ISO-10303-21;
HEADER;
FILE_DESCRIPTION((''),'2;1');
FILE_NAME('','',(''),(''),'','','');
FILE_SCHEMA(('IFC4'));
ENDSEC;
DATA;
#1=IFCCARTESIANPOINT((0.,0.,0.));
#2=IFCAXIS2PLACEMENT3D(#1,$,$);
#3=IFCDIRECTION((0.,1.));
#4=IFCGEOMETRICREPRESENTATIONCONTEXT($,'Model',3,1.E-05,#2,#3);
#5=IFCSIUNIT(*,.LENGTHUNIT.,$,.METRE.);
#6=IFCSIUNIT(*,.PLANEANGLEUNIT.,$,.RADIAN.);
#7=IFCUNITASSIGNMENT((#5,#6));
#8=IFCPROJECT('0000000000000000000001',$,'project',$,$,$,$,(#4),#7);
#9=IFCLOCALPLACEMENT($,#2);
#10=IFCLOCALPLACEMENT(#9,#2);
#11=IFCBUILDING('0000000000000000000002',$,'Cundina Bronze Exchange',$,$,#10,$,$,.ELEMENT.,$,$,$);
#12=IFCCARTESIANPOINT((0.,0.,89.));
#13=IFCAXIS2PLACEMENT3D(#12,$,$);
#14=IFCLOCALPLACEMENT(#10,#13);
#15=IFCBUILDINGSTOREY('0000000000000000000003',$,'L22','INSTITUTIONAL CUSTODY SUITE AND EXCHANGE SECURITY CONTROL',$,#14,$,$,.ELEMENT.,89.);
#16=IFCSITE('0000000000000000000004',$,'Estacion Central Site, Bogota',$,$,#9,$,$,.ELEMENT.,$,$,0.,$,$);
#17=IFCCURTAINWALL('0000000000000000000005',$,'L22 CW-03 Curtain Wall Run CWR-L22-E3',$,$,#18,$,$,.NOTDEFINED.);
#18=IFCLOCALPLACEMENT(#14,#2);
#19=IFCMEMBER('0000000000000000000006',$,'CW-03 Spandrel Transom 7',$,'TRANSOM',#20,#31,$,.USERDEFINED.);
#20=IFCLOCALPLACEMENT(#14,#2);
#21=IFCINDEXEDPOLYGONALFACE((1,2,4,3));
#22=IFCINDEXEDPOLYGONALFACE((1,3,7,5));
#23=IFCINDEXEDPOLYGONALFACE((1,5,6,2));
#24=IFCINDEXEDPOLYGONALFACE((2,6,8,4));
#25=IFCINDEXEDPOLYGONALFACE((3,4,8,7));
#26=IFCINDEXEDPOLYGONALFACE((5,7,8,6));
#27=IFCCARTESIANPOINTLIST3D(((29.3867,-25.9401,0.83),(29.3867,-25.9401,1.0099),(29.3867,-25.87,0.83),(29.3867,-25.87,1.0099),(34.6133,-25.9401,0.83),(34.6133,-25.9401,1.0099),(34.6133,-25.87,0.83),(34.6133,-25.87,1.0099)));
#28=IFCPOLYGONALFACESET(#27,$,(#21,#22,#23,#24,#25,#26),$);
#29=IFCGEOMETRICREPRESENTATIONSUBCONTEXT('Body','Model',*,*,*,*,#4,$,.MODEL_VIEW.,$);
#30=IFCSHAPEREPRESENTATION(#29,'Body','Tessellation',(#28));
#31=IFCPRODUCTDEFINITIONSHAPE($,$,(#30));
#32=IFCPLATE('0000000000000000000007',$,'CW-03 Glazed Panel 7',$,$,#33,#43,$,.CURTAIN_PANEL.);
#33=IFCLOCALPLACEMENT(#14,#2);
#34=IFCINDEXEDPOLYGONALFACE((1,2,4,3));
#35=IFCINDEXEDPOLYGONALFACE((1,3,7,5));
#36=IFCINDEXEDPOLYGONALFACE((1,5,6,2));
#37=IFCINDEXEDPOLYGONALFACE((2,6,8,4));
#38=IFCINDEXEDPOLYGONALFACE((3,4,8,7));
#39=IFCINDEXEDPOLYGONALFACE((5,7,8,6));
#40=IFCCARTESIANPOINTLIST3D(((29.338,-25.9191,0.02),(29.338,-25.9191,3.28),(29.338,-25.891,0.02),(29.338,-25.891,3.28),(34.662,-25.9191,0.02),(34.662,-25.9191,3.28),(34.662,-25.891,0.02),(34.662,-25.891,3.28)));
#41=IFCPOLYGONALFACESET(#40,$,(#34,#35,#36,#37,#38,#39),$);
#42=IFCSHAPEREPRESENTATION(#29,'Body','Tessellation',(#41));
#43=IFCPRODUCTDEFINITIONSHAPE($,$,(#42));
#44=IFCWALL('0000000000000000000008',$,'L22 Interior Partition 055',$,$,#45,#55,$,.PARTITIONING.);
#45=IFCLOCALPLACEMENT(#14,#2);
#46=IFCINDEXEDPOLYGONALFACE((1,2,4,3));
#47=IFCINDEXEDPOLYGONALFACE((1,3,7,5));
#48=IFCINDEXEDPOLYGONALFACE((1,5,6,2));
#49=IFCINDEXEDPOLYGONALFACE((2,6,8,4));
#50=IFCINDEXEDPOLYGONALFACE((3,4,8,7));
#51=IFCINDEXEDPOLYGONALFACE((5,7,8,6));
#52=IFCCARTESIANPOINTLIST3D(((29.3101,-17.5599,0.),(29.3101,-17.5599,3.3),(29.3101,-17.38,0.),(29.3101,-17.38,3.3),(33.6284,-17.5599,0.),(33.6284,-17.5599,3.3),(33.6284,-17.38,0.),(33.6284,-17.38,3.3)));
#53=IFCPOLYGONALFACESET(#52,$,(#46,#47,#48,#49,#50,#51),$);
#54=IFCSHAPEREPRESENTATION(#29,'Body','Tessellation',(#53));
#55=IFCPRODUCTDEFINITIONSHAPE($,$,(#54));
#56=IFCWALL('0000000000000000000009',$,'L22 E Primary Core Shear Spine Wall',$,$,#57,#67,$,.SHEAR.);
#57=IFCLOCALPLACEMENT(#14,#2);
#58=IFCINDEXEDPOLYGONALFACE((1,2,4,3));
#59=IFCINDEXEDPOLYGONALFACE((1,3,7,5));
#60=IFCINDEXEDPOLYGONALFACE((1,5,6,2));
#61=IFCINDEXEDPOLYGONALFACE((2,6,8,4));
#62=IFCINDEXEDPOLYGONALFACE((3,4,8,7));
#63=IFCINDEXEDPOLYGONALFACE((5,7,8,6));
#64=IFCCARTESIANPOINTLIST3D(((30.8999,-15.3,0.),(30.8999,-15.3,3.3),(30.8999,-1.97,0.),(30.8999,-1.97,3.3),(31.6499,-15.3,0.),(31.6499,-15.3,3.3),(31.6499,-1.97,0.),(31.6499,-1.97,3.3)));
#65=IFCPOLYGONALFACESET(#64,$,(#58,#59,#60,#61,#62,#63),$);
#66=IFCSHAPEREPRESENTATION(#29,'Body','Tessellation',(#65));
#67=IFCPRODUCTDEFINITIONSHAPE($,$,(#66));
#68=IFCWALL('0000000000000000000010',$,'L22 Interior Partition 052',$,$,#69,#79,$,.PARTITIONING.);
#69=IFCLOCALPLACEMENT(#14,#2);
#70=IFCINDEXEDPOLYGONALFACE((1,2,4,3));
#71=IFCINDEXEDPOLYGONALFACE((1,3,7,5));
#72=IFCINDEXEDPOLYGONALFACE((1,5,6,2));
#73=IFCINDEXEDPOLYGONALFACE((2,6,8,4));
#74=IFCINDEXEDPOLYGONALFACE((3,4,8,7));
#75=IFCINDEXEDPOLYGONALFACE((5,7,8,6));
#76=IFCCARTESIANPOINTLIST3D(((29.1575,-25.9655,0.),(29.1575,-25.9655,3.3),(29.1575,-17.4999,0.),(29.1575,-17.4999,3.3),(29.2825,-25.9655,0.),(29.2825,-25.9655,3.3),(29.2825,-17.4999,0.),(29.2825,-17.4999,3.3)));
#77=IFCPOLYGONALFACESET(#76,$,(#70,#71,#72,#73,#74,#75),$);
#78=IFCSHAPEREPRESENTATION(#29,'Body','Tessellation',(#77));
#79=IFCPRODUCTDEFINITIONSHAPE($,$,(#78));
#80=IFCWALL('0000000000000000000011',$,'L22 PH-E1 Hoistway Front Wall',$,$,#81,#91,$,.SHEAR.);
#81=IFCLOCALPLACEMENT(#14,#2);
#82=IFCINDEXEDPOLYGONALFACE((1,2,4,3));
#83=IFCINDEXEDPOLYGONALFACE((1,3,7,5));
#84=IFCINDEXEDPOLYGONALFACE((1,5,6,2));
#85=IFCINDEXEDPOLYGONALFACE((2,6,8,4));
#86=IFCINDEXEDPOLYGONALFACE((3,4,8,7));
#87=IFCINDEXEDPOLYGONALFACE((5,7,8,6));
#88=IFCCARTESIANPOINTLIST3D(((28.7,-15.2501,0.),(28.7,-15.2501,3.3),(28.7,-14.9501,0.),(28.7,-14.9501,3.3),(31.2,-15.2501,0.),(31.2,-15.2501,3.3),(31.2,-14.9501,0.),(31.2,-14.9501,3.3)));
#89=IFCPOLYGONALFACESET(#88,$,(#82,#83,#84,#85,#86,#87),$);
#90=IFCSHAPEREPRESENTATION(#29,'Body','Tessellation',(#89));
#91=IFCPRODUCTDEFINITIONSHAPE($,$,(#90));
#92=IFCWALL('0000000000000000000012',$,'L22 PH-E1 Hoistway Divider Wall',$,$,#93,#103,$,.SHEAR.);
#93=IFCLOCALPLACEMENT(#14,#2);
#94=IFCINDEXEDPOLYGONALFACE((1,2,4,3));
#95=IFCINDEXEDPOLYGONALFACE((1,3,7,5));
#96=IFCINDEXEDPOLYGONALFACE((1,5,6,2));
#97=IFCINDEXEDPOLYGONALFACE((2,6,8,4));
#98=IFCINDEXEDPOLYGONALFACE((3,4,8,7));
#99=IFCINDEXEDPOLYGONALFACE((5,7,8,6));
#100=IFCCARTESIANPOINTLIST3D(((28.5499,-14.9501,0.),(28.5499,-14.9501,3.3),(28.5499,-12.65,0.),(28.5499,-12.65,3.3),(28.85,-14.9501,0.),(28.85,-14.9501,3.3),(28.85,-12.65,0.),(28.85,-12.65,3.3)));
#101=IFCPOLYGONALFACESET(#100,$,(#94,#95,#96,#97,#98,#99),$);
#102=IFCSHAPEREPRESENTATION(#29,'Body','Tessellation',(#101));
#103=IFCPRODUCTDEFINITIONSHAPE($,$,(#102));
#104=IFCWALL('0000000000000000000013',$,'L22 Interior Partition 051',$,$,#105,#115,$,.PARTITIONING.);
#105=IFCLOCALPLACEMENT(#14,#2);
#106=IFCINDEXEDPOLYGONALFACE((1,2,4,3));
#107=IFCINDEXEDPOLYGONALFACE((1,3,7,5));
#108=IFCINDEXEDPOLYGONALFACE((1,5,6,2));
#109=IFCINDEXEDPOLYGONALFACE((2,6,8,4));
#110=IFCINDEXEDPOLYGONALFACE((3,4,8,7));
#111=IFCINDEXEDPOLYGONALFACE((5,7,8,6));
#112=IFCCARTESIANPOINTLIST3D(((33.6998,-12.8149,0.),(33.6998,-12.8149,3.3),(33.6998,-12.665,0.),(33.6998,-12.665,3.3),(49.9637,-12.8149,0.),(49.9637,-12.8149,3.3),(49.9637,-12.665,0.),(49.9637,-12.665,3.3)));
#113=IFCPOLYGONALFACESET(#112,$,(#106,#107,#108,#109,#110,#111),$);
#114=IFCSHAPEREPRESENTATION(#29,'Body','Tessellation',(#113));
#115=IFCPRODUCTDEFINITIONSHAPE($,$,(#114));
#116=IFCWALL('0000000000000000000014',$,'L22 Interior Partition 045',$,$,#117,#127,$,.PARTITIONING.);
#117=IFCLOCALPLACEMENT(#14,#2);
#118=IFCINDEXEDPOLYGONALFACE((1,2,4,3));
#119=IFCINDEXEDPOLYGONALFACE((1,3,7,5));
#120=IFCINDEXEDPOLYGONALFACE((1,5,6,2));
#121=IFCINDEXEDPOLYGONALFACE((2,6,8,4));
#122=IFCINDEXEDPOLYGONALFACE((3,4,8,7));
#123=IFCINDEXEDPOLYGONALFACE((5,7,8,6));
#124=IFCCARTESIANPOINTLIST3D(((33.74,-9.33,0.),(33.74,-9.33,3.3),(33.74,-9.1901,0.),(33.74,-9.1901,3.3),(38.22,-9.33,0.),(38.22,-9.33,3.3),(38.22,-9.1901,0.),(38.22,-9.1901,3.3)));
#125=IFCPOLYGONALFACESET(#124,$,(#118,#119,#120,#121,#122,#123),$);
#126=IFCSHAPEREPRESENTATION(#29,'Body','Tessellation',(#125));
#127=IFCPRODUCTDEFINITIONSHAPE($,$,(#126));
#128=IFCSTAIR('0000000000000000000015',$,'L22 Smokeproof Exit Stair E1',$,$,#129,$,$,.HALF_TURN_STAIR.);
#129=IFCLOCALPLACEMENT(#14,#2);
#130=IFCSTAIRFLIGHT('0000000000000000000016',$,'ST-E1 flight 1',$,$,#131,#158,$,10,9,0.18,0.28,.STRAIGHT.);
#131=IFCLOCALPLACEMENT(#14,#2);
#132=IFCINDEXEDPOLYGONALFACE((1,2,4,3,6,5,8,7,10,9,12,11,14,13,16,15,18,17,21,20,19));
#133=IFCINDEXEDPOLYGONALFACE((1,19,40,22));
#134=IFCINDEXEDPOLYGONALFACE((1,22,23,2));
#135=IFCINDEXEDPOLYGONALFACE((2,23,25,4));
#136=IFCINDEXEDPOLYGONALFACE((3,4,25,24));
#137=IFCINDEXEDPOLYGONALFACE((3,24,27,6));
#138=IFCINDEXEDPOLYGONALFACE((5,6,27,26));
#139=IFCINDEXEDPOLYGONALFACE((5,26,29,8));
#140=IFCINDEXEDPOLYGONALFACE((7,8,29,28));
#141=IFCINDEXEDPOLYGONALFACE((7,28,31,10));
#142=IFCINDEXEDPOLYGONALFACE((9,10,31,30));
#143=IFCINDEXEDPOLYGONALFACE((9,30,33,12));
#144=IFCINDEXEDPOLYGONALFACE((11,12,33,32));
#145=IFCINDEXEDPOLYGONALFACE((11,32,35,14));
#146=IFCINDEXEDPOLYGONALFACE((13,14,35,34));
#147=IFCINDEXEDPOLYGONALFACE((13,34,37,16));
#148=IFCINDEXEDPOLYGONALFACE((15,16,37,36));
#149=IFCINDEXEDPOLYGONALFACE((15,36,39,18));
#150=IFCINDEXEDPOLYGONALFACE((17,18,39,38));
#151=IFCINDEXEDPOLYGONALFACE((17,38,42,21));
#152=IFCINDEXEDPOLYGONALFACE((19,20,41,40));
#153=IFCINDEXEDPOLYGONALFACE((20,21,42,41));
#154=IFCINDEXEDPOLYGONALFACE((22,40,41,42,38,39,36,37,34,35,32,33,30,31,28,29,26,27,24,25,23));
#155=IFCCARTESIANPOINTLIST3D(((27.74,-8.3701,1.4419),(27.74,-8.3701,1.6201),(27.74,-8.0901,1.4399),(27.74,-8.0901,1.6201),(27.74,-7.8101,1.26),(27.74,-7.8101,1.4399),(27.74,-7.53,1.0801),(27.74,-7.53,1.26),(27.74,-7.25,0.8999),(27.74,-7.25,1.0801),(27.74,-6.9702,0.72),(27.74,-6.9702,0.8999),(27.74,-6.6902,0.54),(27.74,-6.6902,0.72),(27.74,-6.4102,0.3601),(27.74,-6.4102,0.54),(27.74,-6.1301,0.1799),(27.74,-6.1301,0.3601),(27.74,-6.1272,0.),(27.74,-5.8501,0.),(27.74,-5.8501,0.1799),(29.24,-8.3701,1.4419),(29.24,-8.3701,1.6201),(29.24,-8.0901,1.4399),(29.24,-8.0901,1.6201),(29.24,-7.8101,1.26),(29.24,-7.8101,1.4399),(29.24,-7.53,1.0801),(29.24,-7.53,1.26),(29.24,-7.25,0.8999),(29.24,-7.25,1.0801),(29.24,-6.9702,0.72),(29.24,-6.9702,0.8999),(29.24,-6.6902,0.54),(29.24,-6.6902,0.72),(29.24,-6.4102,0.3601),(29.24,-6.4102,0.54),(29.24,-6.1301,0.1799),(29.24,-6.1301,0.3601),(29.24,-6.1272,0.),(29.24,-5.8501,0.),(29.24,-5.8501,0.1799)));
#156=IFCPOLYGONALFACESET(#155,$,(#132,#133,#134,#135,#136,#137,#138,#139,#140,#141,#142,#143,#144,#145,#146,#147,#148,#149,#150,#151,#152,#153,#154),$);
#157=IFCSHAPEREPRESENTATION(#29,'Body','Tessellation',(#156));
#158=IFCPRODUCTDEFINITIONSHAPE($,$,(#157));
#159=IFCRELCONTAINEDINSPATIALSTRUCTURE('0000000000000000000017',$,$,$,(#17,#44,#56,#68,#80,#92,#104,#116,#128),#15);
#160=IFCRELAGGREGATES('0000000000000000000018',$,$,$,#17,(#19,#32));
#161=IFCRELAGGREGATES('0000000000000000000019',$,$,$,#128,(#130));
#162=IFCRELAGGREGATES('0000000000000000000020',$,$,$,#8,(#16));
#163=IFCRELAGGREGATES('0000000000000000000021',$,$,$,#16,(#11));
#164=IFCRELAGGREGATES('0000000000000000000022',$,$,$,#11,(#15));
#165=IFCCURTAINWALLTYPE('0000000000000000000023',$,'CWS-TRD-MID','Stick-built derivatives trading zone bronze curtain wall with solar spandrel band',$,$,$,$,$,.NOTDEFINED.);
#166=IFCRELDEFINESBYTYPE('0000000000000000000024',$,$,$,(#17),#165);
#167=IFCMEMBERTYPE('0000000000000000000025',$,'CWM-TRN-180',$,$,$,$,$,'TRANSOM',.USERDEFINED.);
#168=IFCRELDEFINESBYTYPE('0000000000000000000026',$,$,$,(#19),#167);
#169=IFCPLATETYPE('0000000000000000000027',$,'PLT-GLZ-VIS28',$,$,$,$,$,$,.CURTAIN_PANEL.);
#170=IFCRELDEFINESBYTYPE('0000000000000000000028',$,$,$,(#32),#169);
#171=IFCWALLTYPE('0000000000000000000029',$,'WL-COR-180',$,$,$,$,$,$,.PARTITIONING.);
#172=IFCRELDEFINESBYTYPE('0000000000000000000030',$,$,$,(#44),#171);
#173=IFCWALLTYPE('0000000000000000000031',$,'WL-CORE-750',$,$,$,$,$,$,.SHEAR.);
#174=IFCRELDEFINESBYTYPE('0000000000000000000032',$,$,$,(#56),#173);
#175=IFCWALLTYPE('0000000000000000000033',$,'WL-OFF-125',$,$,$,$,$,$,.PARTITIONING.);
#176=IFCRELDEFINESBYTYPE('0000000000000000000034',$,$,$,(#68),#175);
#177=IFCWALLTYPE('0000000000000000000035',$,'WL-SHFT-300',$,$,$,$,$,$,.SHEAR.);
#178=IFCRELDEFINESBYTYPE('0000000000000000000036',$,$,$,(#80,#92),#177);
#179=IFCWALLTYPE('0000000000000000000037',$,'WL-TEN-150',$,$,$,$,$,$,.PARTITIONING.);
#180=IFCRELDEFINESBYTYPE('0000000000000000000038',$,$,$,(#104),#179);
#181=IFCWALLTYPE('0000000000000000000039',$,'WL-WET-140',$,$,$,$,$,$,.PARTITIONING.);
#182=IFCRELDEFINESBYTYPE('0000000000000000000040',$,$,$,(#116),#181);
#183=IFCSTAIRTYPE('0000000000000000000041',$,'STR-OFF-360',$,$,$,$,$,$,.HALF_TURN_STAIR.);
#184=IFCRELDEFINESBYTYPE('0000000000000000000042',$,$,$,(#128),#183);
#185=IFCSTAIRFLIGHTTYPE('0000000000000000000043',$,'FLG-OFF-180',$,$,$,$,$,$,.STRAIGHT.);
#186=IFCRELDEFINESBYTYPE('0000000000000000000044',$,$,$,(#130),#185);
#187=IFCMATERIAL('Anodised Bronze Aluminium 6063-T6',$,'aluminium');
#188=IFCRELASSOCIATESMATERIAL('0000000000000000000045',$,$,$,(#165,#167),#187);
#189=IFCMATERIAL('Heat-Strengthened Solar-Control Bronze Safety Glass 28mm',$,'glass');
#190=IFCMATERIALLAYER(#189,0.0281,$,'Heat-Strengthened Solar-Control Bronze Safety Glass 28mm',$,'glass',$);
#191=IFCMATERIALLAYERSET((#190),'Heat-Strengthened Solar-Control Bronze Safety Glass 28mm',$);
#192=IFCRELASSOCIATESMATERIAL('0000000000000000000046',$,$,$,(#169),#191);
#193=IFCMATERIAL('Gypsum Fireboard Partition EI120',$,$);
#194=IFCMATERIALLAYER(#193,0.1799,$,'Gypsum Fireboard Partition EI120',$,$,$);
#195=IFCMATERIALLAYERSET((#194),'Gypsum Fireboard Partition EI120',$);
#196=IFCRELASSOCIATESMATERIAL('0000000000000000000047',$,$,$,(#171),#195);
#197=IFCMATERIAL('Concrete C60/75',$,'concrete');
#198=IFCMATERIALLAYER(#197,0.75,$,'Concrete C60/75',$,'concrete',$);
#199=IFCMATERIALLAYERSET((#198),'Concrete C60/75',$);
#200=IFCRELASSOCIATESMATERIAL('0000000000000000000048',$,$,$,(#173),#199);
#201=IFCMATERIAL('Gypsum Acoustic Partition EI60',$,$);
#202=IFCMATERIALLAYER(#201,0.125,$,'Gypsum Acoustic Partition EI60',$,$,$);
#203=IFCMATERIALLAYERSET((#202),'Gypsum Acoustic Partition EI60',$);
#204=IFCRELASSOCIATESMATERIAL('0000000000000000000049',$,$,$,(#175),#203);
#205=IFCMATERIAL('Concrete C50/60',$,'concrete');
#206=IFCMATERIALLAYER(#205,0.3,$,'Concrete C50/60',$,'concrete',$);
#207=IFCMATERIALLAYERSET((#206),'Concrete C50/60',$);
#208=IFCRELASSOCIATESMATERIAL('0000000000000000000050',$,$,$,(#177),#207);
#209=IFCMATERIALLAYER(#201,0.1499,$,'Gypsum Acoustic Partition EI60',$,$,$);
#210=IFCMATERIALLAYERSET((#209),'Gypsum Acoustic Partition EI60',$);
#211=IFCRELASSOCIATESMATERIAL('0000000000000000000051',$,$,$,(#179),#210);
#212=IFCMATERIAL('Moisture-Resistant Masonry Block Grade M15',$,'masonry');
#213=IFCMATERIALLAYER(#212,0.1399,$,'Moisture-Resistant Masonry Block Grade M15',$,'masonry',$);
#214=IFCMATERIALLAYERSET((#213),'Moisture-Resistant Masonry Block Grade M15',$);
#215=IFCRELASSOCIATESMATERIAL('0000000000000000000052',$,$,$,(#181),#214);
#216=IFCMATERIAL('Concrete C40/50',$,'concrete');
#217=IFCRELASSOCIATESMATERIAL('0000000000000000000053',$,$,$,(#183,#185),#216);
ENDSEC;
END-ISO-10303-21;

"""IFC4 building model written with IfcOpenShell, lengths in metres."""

from ifc_helpers import new_model, si_unit, direction, frame, frame_2d, origin, origin_2d, place, context, subcontext, project, spatial, polyline, rectangle, outline, extrude, material, layer, layer_set, material_profile, profile_set, type_object, element, aggregate, save


model = new_model("IFC4")

# Units and contexts
model_context = context("Model", 3, precision=1e-05, world=origin(), true_north=direction((0.0, 1.0)))
body_context = subcontext(model_context, "Body", "Model", "MODEL_VIEW")
ifc_project = project(units=[si_unit("LENGTHUNIT", "METRE"), si_unit("PLANEANGLEUNIT", "RADIAN")], contexts=[model_context])

# Site, building, storey
site_placement = place(None, origin())
site = spatial("IfcSite", under=ifc_project, at=site_placement, Name="Estacion Central Site, Bogota", CompositionType="ELEMENT", RefElevation=0.0)
building_placement = place(site_placement, origin())
building = spatial("IfcBuilding", under=site, at=building_placement, Name="Cundina Bronze Exchange", CompositionType="ELEMENT")
storey_placement = place(building_placement, frame((0.0, 0.0, 89.0)))
storey = spatial("IfcBuildingStorey", under=building, at=storey_placement, Name="L22", Description="INSTITUTIONAL CUSTODY SUITE AND EXCHANGE SECURITY CONTROL", CompositionType="ELEMENT", Elevation=89.0)

# Shared definitions
ifc_material_1 = material(Name="Concrete C60/75", Category="concrete")

# Curtain wall
ifc_material_2 = material(Name="Anodised Bronze Aluminium 6063-T6", Category="aluminium")
curtain_wall_type = type_object("IfcCurtainWallType", Name="CWS-TRD-MID", Description="Stick-built derivatives trading zone bronze curtain wall with solar spandrel band", PredefinedType="NOTDEFINED", material=ifc_material_2)
curtain_wall_1_placement = place(storey_placement, origin())
curtain_wall_1 = element("IfcCurtainWall", 1, at=curtain_wall_1_placement, inside=storey, type_object=curtain_wall_type, Name="L22 CW-03 Curtain Wall Run CWR-L22-E3", PredefinedType="NOTDEFINED")

# Member
ifc_material_profile_1 = material_profile(ifc_material_2, rectangle(XDim=0.0701, YDim=0.1799, at=origin_2d()), Name="AL70X180", Category="aluminium")
ifc_profile_set_1 = profile_set([ifc_material_profile_1], Name="Anodised Bronze Aluminium 6063-T6")
member_type_1 = type_object("IfcMemberType", Name="CWM-TRN-180", ElementType="TRANSOM", PredefinedType="USERDEFINED", material=ifc_profile_set_1)
member_1_placement = place(storey_placement, frame((29.3867, -25.905, 0.9199), z_axis=(1.0, 0.0, 0.0), x_axis=(0.0, 1.0, 0.0)))
member_1 = element("IfcMember", 2, at=member_1_placement, type_object=member_type_1, Name="CW-03 Spandrel Transom 7", ObjectType="TRANSOM", PredefinedType="USERDEFINED", context=body_context, shape_type="SweptSolid", body=[
    extrude(rectangle(XDim=0.0701, YDim=0.1799, at=origin_2d()), origin(), (0.0, 0.0, 1.0), 5.2266),
])

# Plate
ifc_material_3 = material(Name="Heat-Strengthened Solar-Control Bronze Safety Glass 28mm", Category="glass")
ifc_layer_1 = layer(ifc_material_3, 0.0281, Name="Heat-Strengthened Solar-Control Bronze Safety Glass 28mm", Category="glass")
ifc_layer_set_1 = layer_set([ifc_layer_1], Name="Heat-Strengthened Solar-Control Bronze Safety Glass 28mm")
plate_type = type_object("IfcPlateType", Name="PLT-GLZ-VIS28", PredefinedType="CURTAIN_PANEL", material=ifc_layer_set_1)
plate_placement = place(storey_placement, frame((32.0, -25.905, 0.02), z_axis=(0.0, 0.0, 1.0), x_axis=(1.0, 0.0, 0.0)))
plate = element("IfcPlate", 3, at=plate_placement, type_object=plate_type, Name="CW-03 Glazed Panel 7", PredefinedType="CURTAIN_PANEL", context=body_context, shape_type="SweptSolid", body=[
    extrude(rectangle(XDim=5.324, YDim=0.0281, at=origin_2d()), origin(), (0.0, 0.0, 1.0), 3.26),
])
aggregate(curtain_wall_1, [member_1, plate])

# Shared definitions
ifc_material_4 = material(Name="Gypsum Fireboard Partition EI120")
ifc_layer_2 = layer(ifc_material_4, 0.1799, Name="Gypsum Fireboard Partition EI120")
ifc_layer_set_2 = layer_set([ifc_layer_2], Name="Gypsum Fireboard Partition EI120")
wall_type_1 = type_object("IfcWallType", Name="WL-COR-180", PredefinedType="PARTITIONING", material=ifc_layer_set_2)

# Wall
wall_1_placement = place(storey_placement, frame((29.3101, -17.47, 0.0), z_axis=(0.0, 0.0, 1.0), x_axis=(1.0, 0.0, 0.0)))
element("IfcWall", 4, at=wall_1_placement, inside=storey, type_object=wall_type_1, Name="L22 Interior Partition 055", PredefinedType="PARTITIONING", context=body_context, shape_type="SweptSolid", body=[
    extrude(rectangle(XDim=4.3184, YDim=0.1799, at=frame_2d((2.1592, 0.0))), origin(), (0.0, 0.0, 1.0), 3.3),
])

# Walls
ifc_layer_3 = layer(ifc_material_1, 0.75, Name="Concrete C60/75", Category="concrete")
ifc_layer_set_3 = layer_set([ifc_layer_3], Name="Concrete C60/75")
wall_type_2 = type_object("IfcWallType", Name="WL-CORE-750", PredefinedType="SHEAR", material=ifc_layer_set_3)
wall_2_placement = place(storey_placement, frame((31.2749, -15.3, 0.0), z_axis=(0.0, 0.0, 1.0), x_axis=(0.0, 1.0, 0.0)))
element("IfcWall", 5, at=wall_2_placement, inside=storey, type_object=wall_type_2, Name="L22 E Primary Core Shear Spine Wall", PredefinedType="SHEAR", context=body_context, shape_type="SweptSolid", body=[
    extrude(rectangle(XDim=13.3301, YDim=0.75, at=frame_2d((6.665, 0.0))), origin(), (0.0, 0.0, 1.0), 3.3),
])
ifc_material_5 = material(Name="Gypsum Acoustic Partition EI60")
ifc_layer_4 = layer(ifc_material_5, 0.125, Name="Gypsum Acoustic Partition EI60")
ifc_layer_set_4 = layer_set([ifc_layer_4], Name="Gypsum Acoustic Partition EI60")
wall_type_3 = type_object("IfcWallType", Name="WL-OFF-125", PredefinedType="PARTITIONING", material=ifc_layer_set_4)
wall_3_placement = place(storey_placement, frame((29.22, -25.9656, 0.0), z_axis=(0.0, 0.0, 1.0), x_axis=(0.0, 1.0, 0.0)))
element("IfcWall", 6, at=wall_3_placement, inside=storey, type_object=wall_type_3, Name="L22 Interior Partition 052", PredefinedType="PARTITIONING", context=body_context, shape_type="SweptSolid", body=[
    extrude(rectangle(XDim=8.4656, YDim=0.125, at=frame_2d((4.2329, 0.0))), origin(), (0.0, 0.0, 1.0), 3.3),
])
ifc_material_6 = material(Name="Concrete C50/60", Category="concrete")
ifc_layer_5 = layer(ifc_material_6, 0.3, Name="Concrete C50/60", Category="concrete")
ifc_layer_set_5 = layer_set([ifc_layer_5], Name="Concrete C50/60")
wall_type_4 = type_object("IfcWallType", Name="WL-SHFT-300", PredefinedType="SHEAR", material=ifc_layer_set_5)
wall_4_placement = place(storey_placement, frame((28.7, -15.1001, 0.0), z_axis=(0.0, 0.0, 1.0), x_axis=(1.0, 0.0, 0.0)))
element("IfcWall", 7, at=wall_4_placement, inside=storey, type_object=wall_type_4, Name="L22 PH-E1 Hoistway Front Wall", PredefinedType="SHEAR", context=body_context, shape_type="SweptSolid", body=[
    extrude(rectangle(XDim=2.5, YDim=0.3, at=frame_2d((1.25, 0.0))), origin(), (0.0, 0.0, 1.0), 3.3),
])
wall_5_placement = place(storey_placement, frame((28.7, -14.95, 0.0), z_axis=(0.0, 0.0, 1.0), x_axis=(0.0, 1.0, 0.0)))
element("IfcWall", 8, at=wall_5_placement, inside=storey, type_object=wall_type_4, Name="L22 PH-E1 Hoistway Divider Wall", PredefinedType="SHEAR", context=body_context, shape_type="SweptSolid", body=[
    extrude(rectangle(XDim=2.3, YDim=0.3, at=frame_2d((1.1499, 0.0))), origin(), (0.0, 0.0, 1.0), 3.3),
])
ifc_layer_6 = layer(ifc_material_5, 0.1499, Name="Gypsum Acoustic Partition EI60")
ifc_layer_set_6 = layer_set([ifc_layer_6], Name="Gypsum Acoustic Partition EI60")
wall_type_5 = type_object("IfcWallType", Name="WL-TEN-150", PredefinedType="PARTITIONING", material=ifc_layer_set_6)
wall_6_placement = place(storey_placement, frame((33.7, -12.74, 0.0), z_axis=(0.0, 0.0, 1.0), x_axis=(1.0, 0.0, 0.0)))
element("IfcWall", 9, at=wall_6_placement, inside=storey, type_object=wall_type_5, Name="L22 Interior Partition 051", PredefinedType="PARTITIONING", context=body_context, shape_type="SweptSolid", body=[
    extrude(rectangle(XDim=16.2639, YDim=0.1499, at=frame_2d((8.1318, 0.0))), origin(), (0.0, 0.0, 1.0), 3.3),
])
ifc_material_7 = material(Name="Moisture-Resistant Masonry Block Grade M15", Category="masonry")
ifc_layer_7 = layer(ifc_material_7, 0.1399, Name="Moisture-Resistant Masonry Block Grade M15", Category="masonry")
ifc_layer_set_7 = layer_set([ifc_layer_7], Name="Moisture-Resistant Masonry Block Grade M15")
wall_type_6 = type_object("IfcWallType", Name="WL-WET-140", PredefinedType="PARTITIONING", material=ifc_layer_set_7)
wall_7_placement = place(storey_placement, frame((33.74, -9.26, 0.0), z_axis=(0.0, 0.0, 1.0), x_axis=(1.0, 0.0, 0.0)))
element("IfcWall", 10, at=wall_7_placement, inside=storey, type_object=wall_type_6, Name="L22 Interior Partition 045", PredefinedType="PARTITIONING", context=body_context, shape_type="SweptSolid", body=[
    extrude(rectangle(XDim=4.48, YDim=0.1399, at=frame_2d((2.24, 0.0))), origin(), (0.0, 0.0, 1.0), 3.3),
])

# Stair, stair flight
ifc_material_8 = material(Name="Concrete C40/50", Category="concrete")
stair_type = type_object("IfcStairType", Name="STR-OFF-360", PredefinedType="HALF_TURN_STAIR", material=ifc_material_8)
stair_placement = place(storey_placement, origin())
stair = element("IfcStair", 11, at=stair_placement, inside=storey, type_object=stair_type, Name="L22 Smokeproof Exit Stair E1", PredefinedType="HALF_TURN_STAIR")
stair_flight_type = type_object("IfcStairFlightType", Name="FLG-OFF-180", PredefinedType="STRAIGHT", material=ifc_material_8)
stair_flight_1_placement = place(storey_placement, frame((28.49, -5.8501, 0.0), z_axis=(0.0, 0.0, 1.0), x_axis=(0.0, -1.0, 0.0)))
stair_flight_1 = element("IfcStairFlight", 12, at=stair_flight_1_placement, type_object=stair_flight_type, Name="ST-E1 flight 1", NumberOfRisers=10, NumberOfTreads=9, PredefinedType="STRAIGHT", RiserHeight=0.18, TreadLength=0.28, context=body_context, shape_type="SweptSolid", body=[
    extrude(outline(polyline([(0.0, 0.0), (0.0, 0.1799), (0.28, 0.1799), (0.28, 0.3601), (0.5601, 0.3601), (0.5601, 0.54), (0.8401, 0.54), (0.8401, 0.72), (1.1201, 0.72), (1.1201, 0.8999), (1.3999, 0.8999), (1.3999, 1.0801), (1.6799, 1.0801), (1.6799, 1.26), (1.96, 1.26), (1.96, 1.4399), (2.24, 1.4399), (2.24, 1.6201), (2.52, 1.6201), (2.52, 1.8), (2.52, 1.4419), (0.2771, 0.0), (0.0, 0.0)])), frame((0.0, 0.75, 0.0), z_axis=(0.0, -1.0, 0.0), x_axis=(1.0, 0.0, 0.0)), (0.0, 0.0, 1.0), 1.5),
])
aggregate(stair, [stair_flight_1])

save(model, "model.ifc")
